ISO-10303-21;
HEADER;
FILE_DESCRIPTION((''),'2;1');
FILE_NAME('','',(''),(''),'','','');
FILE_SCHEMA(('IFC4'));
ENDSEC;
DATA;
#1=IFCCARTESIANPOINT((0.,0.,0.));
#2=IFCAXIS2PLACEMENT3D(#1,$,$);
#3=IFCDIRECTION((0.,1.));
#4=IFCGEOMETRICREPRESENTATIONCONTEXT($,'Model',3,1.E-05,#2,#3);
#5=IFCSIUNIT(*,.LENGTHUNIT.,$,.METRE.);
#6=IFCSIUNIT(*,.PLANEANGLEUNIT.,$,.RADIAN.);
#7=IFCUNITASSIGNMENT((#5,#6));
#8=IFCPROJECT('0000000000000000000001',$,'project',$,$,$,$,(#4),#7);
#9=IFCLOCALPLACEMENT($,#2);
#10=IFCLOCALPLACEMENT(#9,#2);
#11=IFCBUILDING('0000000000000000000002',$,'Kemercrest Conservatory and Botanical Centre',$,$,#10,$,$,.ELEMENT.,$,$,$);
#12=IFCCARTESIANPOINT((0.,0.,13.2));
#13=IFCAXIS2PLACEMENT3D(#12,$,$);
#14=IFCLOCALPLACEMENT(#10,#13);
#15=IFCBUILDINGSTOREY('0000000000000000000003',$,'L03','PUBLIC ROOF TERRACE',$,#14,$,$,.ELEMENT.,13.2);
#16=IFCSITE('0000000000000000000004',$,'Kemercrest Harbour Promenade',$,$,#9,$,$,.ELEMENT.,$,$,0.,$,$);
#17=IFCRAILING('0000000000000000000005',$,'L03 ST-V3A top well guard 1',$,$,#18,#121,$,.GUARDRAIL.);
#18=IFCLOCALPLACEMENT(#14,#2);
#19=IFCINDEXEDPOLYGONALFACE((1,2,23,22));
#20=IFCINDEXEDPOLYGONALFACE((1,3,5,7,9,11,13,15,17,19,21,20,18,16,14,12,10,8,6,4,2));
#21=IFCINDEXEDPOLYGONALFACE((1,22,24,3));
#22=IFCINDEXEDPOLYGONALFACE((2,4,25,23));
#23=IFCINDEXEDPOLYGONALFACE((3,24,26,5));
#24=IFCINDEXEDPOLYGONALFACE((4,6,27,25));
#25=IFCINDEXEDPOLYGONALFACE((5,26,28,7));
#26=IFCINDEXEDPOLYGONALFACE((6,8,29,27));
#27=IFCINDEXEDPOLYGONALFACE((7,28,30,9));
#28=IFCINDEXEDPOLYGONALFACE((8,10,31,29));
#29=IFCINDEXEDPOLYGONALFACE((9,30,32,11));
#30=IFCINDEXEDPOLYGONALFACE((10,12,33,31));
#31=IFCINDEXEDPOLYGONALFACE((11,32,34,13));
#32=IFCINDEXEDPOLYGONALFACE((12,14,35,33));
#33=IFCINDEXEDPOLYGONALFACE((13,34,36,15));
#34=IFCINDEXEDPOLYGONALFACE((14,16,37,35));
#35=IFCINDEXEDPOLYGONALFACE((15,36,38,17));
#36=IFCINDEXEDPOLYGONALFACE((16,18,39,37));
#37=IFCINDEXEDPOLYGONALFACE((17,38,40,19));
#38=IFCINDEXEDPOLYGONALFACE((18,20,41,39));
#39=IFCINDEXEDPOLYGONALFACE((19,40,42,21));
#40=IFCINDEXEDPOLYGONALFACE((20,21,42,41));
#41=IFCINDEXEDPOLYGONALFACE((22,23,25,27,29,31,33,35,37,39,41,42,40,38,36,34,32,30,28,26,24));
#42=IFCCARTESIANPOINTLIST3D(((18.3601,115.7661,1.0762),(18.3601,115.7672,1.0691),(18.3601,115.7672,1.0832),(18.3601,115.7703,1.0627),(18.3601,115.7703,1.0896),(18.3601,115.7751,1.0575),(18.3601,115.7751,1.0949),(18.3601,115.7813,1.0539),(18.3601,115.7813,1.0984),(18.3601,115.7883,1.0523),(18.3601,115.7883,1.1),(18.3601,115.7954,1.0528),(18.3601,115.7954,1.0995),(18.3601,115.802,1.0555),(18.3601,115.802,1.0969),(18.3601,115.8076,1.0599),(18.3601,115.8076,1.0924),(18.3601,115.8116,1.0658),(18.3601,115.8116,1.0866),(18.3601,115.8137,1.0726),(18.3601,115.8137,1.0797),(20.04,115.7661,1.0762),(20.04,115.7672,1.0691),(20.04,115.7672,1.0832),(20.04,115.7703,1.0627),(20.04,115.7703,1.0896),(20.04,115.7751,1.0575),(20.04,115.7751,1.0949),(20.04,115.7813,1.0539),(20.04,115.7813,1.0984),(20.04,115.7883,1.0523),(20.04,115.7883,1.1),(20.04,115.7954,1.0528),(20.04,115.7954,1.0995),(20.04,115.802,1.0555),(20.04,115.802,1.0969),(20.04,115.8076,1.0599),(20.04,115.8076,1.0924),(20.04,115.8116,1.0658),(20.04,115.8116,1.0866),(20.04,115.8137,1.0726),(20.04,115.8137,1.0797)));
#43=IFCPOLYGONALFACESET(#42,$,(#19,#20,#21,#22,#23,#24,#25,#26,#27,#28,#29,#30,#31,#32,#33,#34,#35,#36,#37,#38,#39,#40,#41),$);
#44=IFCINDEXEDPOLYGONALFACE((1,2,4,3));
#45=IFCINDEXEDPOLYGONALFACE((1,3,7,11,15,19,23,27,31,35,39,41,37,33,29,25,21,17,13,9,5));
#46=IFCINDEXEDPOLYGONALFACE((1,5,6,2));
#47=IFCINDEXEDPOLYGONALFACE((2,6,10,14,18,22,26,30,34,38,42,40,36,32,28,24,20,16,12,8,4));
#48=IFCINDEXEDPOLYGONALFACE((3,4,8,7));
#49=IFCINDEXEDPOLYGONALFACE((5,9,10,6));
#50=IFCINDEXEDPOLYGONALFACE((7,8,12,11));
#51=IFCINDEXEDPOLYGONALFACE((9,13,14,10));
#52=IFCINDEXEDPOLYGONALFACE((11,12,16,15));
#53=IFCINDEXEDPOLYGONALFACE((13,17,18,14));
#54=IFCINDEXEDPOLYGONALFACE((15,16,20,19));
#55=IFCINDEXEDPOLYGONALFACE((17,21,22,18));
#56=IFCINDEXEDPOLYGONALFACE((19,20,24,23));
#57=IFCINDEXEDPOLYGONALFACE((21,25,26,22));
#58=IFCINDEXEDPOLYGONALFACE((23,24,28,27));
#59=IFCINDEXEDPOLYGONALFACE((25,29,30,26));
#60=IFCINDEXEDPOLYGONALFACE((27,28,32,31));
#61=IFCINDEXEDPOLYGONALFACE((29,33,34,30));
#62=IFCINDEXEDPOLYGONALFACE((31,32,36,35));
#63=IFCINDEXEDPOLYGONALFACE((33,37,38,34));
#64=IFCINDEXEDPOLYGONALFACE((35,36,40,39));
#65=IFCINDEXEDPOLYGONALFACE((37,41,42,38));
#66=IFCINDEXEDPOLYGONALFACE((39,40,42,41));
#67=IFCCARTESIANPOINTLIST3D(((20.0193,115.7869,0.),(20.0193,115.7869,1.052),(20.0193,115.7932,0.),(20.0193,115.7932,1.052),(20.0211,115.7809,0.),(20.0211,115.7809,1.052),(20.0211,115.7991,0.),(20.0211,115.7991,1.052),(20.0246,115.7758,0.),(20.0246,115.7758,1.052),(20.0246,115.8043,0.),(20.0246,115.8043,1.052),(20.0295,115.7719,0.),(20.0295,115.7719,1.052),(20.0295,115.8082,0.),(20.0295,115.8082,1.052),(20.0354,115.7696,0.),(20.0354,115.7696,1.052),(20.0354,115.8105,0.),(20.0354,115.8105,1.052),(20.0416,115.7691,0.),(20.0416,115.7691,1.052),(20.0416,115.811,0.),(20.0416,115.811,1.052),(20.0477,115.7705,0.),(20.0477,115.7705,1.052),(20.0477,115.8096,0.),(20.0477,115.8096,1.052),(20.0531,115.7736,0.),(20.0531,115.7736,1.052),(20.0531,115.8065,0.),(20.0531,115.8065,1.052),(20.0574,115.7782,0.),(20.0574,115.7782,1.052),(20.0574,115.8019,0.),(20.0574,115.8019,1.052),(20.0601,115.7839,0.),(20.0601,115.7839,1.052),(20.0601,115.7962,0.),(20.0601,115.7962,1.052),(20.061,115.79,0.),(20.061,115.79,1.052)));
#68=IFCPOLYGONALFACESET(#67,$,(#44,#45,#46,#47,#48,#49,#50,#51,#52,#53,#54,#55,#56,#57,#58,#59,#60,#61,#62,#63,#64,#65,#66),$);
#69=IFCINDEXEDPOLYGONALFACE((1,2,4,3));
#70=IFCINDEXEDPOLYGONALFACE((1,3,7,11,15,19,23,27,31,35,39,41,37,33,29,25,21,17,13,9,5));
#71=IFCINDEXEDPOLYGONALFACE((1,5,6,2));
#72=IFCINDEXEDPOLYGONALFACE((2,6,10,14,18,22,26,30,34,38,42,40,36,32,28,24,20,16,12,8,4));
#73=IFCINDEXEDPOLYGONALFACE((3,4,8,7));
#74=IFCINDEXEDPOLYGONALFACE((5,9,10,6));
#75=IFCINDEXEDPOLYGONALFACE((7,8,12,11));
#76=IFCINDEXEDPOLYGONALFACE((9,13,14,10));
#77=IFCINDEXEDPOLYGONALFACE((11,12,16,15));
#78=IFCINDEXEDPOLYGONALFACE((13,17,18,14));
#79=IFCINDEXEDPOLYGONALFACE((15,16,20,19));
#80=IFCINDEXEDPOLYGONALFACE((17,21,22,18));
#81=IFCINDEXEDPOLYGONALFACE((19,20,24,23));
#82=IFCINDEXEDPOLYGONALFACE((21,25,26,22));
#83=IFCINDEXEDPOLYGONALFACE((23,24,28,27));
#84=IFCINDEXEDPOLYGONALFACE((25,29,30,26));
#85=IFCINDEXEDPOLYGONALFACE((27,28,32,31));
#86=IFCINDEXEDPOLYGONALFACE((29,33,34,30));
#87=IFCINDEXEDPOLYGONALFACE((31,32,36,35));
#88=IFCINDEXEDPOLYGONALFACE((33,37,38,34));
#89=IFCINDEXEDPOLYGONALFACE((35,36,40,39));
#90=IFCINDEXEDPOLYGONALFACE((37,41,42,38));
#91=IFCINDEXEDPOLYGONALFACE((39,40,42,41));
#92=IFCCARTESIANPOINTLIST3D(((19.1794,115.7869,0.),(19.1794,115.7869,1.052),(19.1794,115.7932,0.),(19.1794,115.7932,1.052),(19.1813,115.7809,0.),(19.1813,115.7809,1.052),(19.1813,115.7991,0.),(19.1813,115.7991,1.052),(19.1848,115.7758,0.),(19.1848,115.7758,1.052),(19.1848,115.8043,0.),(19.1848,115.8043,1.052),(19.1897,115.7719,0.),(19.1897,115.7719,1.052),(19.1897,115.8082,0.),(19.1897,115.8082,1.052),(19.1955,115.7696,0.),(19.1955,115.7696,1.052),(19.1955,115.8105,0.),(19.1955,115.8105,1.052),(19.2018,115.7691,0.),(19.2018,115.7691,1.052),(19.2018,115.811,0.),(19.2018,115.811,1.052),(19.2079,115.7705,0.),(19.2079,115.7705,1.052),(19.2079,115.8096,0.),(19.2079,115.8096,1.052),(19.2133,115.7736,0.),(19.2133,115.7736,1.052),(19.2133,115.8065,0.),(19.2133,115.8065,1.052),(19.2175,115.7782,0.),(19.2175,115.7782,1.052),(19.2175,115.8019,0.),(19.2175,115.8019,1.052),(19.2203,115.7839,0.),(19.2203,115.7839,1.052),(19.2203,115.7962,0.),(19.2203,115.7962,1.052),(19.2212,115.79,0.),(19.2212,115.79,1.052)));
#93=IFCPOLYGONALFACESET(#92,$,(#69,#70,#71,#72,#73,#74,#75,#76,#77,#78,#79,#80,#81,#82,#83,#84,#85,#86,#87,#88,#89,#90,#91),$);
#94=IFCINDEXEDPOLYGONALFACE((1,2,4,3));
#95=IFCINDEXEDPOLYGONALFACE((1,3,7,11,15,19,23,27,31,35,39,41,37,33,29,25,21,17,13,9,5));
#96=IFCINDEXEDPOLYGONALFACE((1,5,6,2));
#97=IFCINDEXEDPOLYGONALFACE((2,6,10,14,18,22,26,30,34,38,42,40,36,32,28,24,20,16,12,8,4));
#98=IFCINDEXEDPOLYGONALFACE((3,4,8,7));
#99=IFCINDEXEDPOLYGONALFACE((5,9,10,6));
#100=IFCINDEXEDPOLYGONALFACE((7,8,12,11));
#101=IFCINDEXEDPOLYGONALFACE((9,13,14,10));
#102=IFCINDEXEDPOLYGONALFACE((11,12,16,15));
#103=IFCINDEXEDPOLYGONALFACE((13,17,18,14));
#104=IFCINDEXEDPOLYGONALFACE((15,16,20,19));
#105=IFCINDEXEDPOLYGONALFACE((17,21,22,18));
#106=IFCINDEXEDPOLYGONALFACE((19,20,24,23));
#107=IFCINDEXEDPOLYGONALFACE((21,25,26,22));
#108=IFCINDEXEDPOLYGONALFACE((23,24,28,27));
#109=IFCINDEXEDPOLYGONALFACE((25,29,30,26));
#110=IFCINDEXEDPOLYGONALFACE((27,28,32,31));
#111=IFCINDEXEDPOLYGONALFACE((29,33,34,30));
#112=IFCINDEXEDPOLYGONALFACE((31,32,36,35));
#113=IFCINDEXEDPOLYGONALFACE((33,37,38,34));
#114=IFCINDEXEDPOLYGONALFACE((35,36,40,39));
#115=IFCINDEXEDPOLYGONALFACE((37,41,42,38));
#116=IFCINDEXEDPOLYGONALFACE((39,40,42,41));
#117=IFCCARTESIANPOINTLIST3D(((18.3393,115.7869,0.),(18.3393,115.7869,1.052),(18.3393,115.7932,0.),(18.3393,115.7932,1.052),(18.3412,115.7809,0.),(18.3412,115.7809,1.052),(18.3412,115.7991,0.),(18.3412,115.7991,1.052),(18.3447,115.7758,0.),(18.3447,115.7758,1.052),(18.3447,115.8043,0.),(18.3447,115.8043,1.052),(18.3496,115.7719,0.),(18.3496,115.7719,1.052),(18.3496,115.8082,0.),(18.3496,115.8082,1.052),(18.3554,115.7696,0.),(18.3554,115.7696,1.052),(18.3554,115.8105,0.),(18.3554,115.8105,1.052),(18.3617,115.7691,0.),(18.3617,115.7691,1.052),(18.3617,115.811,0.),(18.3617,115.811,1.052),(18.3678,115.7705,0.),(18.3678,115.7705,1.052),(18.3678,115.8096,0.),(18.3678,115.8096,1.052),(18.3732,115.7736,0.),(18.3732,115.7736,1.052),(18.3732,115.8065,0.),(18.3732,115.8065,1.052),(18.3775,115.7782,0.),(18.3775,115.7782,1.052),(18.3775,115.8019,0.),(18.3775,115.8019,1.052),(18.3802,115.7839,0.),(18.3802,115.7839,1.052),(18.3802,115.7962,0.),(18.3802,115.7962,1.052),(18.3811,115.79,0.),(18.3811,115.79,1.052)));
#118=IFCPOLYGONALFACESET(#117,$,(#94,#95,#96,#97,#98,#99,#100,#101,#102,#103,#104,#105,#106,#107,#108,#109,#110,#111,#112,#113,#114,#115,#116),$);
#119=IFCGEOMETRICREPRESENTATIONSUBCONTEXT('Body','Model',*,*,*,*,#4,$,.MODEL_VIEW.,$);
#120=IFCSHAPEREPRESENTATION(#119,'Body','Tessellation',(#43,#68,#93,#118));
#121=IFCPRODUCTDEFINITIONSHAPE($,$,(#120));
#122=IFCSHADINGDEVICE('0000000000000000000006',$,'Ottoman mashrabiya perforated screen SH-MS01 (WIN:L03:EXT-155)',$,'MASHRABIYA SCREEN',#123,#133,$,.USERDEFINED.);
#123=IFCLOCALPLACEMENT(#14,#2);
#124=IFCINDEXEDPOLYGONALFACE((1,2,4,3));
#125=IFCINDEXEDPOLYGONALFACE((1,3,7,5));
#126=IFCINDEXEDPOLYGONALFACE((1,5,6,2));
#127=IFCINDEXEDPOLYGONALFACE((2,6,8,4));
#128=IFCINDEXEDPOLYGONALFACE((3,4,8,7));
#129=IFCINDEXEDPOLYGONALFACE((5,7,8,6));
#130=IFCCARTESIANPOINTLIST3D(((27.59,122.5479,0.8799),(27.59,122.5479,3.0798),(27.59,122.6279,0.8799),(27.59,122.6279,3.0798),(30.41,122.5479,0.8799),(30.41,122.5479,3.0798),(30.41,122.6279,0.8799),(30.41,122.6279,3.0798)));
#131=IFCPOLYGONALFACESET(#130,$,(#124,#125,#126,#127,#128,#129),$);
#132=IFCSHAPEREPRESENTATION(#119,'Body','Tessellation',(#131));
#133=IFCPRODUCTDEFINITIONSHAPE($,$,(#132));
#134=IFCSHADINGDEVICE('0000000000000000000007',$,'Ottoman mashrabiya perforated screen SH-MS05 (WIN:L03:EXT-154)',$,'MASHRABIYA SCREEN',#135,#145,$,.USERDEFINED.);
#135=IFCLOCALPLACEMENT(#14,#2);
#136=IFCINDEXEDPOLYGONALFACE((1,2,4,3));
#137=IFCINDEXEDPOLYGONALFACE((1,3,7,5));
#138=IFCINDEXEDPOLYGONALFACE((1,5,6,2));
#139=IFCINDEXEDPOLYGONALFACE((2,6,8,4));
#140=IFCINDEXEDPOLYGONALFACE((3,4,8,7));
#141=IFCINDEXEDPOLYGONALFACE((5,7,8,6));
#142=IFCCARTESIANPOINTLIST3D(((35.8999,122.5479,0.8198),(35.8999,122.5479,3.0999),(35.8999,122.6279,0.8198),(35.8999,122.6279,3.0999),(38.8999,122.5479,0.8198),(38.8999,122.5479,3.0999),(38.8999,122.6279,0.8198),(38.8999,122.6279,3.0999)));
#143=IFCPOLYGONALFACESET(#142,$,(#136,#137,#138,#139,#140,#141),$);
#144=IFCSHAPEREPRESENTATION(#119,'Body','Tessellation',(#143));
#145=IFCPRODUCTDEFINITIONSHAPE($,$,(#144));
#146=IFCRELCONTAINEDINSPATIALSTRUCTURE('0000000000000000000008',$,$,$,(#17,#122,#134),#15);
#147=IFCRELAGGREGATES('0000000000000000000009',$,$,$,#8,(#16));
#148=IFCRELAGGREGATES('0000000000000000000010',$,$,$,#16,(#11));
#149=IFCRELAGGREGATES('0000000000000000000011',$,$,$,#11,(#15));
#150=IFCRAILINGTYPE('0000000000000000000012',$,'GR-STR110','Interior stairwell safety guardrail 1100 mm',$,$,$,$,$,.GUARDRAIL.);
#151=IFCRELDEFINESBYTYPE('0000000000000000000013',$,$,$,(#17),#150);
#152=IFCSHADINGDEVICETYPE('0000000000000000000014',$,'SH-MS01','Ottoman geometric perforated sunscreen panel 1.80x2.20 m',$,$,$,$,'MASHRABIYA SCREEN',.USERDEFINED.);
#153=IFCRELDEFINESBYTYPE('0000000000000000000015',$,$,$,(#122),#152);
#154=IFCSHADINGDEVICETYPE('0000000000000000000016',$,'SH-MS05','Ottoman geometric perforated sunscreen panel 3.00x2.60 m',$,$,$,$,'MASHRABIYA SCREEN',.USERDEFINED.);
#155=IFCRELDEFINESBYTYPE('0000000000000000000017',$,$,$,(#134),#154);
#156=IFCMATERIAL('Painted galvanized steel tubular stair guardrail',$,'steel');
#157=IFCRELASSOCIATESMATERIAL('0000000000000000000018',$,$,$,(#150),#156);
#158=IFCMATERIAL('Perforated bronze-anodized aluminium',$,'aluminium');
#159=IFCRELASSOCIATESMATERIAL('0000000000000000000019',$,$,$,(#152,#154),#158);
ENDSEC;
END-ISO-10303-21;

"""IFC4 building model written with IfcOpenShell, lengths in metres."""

from ifc_helpers import new_model, si_unit, direction, frame, origin, origin_2d, place, context, subcontext, project, spatial, rectangle, circle, extrude, material, type_object, element, save


model = new_model("IFC4")

# Units and contexts
model_context = context("Model", 3, precision=1e-05, world=origin(), true_north=direction((0.0, 1.0)))
body_context = subcontext(model_context, "Body", "Model", "MODEL_VIEW")
ifc_project = project(units=[si_unit("LENGTHUNIT", "METRE"), si_unit("PLANEANGLEUNIT", "RADIAN")], contexts=[model_context])

# Site, building, storey
site_placement = place(None, origin())
site = spatial("IfcSite", under=ifc_project, at=site_placement, Name="Kemercrest Harbour Promenade", CompositionType="ELEMENT", RefElevation=0.0)
building_placement = place(site_placement, origin())
building = spatial("IfcBuilding", under=site, at=building_placement, Name="Kemercrest Conservatory and Botanical Centre", CompositionType="ELEMENT")
storey_placement = place(building_placement, frame((0.0, 0.0, 13.2)))
storey = spatial("IfcBuildingStorey", under=building, at=storey_placement, Name="L03", Description="PUBLIC ROOF TERRACE", CompositionType="ELEMENT", Elevation=13.2)

# Railing
ifc_material_1 = material(Name="Painted galvanized steel tubular stair guardrail", Category="steel")
railing_type = type_object("IfcRailingType", Name="GR-STR110", Description="Interior stairwell safety guardrail 1100 mm", PredefinedType="GUARDRAIL", material=ifc_material_1)
railing_placement = place(storey_placement, frame((20.04, 115.79, 0.0)))
element("IfcRailing", 1, at=railing_placement, inside=storey, type_object=railing_type, Name="L03 ST-V3A top well guard 1", PredefinedType="GUARDRAIL", context=body_context, shape_type="SweptSolid", body=[
    extrude(circle(Radius=0.0239, at=origin_2d()), frame((0.0, 0.0, 1.0762), z_axis=(-1.0, 0.0, 0.0), x_axis=(0.0, -1.0, 0.0)), (0.0, 0.0, 1.0), 1.6799),
    extrude(circle(Radius=0.021, at=origin_2d()), origin(), (0.0, 0.0, 1.0), 1.052),
    extrude(circle(Radius=0.021, at=origin_2d()), frame((-0.8398, 0.0, 0.0)), (0.0, 0.0, 1.0), 1.052),
    extrude(circle(Radius=0.021, at=origin_2d()), frame((-1.6799, 0.0, 0.0)), (0.0, 0.0, 1.0), 1.052),
])

# Shading devices
ifc_material_2 = material(Name="Perforated bronze-anodized aluminium", Category="aluminium")
shading_device_type_1 = type_object("IfcShadingDeviceType", Name="SH-MS01", Description="Ottoman geometric perforated sunscreen panel 1.80x2.20 m", ElementType="MASHRABIYA SCREEN", PredefinedType="USERDEFINED", material=ifc_material_2)
shading_device_1_placement = place(storey_placement, frame((29.0, 122.5879, 0.8799), z_axis=(0.0, 0.0, 1.0), x_axis=(-1.0, 0.0, 0.0)))
element("IfcShadingDevice", 2, at=shading_device_1_placement, inside=storey, type_object=shading_device_type_1, Name="Ottoman mashrabiya perforated screen SH-MS01 (WIN:L03:EXT-155)", ObjectType="MASHRABIYA SCREEN", PredefinedType="USERDEFINED", context=body_context, shape_type="SweptSolid", body=[
    extrude(rectangle(XDim=2.8201, YDim=0.0801, at=origin_2d()), origin(), (0.0, 0.0, 1.0), 2.2),
])
shading_device_type_2 = type_object("IfcShadingDeviceType", Name="SH-MS05", Description="Ottoman geometric perforated sunscreen panel 3.00x2.60 m", ElementType="MASHRABIYA SCREEN", PredefinedType="USERDEFINED", material=ifc_material_2)
shading_device_2_placement = place(storey_placement, frame((37.3999, 122.5879, 0.8198), z_axis=(0.0, 0.0, 1.0), x_axis=(-1.0, 0.0, 0.0)))
element("IfcShadingDevice", 3, at=shading_device_2_placement, inside=storey, type_object=shading_device_type_2, Name="Ottoman mashrabiya perforated screen SH-MS05 (WIN:L03:EXT-154)", ObjectType="MASHRABIYA SCREEN", PredefinedType="USERDEFINED", context=body_context, shape_type="SweptSolid", body=[
    extrude(rectangle(XDim=3.0, YDim=0.0801, at=origin_2d()), origin(), (0.0, 0.0, 1.0), 2.28),
])

save(model, "model.ifc")
